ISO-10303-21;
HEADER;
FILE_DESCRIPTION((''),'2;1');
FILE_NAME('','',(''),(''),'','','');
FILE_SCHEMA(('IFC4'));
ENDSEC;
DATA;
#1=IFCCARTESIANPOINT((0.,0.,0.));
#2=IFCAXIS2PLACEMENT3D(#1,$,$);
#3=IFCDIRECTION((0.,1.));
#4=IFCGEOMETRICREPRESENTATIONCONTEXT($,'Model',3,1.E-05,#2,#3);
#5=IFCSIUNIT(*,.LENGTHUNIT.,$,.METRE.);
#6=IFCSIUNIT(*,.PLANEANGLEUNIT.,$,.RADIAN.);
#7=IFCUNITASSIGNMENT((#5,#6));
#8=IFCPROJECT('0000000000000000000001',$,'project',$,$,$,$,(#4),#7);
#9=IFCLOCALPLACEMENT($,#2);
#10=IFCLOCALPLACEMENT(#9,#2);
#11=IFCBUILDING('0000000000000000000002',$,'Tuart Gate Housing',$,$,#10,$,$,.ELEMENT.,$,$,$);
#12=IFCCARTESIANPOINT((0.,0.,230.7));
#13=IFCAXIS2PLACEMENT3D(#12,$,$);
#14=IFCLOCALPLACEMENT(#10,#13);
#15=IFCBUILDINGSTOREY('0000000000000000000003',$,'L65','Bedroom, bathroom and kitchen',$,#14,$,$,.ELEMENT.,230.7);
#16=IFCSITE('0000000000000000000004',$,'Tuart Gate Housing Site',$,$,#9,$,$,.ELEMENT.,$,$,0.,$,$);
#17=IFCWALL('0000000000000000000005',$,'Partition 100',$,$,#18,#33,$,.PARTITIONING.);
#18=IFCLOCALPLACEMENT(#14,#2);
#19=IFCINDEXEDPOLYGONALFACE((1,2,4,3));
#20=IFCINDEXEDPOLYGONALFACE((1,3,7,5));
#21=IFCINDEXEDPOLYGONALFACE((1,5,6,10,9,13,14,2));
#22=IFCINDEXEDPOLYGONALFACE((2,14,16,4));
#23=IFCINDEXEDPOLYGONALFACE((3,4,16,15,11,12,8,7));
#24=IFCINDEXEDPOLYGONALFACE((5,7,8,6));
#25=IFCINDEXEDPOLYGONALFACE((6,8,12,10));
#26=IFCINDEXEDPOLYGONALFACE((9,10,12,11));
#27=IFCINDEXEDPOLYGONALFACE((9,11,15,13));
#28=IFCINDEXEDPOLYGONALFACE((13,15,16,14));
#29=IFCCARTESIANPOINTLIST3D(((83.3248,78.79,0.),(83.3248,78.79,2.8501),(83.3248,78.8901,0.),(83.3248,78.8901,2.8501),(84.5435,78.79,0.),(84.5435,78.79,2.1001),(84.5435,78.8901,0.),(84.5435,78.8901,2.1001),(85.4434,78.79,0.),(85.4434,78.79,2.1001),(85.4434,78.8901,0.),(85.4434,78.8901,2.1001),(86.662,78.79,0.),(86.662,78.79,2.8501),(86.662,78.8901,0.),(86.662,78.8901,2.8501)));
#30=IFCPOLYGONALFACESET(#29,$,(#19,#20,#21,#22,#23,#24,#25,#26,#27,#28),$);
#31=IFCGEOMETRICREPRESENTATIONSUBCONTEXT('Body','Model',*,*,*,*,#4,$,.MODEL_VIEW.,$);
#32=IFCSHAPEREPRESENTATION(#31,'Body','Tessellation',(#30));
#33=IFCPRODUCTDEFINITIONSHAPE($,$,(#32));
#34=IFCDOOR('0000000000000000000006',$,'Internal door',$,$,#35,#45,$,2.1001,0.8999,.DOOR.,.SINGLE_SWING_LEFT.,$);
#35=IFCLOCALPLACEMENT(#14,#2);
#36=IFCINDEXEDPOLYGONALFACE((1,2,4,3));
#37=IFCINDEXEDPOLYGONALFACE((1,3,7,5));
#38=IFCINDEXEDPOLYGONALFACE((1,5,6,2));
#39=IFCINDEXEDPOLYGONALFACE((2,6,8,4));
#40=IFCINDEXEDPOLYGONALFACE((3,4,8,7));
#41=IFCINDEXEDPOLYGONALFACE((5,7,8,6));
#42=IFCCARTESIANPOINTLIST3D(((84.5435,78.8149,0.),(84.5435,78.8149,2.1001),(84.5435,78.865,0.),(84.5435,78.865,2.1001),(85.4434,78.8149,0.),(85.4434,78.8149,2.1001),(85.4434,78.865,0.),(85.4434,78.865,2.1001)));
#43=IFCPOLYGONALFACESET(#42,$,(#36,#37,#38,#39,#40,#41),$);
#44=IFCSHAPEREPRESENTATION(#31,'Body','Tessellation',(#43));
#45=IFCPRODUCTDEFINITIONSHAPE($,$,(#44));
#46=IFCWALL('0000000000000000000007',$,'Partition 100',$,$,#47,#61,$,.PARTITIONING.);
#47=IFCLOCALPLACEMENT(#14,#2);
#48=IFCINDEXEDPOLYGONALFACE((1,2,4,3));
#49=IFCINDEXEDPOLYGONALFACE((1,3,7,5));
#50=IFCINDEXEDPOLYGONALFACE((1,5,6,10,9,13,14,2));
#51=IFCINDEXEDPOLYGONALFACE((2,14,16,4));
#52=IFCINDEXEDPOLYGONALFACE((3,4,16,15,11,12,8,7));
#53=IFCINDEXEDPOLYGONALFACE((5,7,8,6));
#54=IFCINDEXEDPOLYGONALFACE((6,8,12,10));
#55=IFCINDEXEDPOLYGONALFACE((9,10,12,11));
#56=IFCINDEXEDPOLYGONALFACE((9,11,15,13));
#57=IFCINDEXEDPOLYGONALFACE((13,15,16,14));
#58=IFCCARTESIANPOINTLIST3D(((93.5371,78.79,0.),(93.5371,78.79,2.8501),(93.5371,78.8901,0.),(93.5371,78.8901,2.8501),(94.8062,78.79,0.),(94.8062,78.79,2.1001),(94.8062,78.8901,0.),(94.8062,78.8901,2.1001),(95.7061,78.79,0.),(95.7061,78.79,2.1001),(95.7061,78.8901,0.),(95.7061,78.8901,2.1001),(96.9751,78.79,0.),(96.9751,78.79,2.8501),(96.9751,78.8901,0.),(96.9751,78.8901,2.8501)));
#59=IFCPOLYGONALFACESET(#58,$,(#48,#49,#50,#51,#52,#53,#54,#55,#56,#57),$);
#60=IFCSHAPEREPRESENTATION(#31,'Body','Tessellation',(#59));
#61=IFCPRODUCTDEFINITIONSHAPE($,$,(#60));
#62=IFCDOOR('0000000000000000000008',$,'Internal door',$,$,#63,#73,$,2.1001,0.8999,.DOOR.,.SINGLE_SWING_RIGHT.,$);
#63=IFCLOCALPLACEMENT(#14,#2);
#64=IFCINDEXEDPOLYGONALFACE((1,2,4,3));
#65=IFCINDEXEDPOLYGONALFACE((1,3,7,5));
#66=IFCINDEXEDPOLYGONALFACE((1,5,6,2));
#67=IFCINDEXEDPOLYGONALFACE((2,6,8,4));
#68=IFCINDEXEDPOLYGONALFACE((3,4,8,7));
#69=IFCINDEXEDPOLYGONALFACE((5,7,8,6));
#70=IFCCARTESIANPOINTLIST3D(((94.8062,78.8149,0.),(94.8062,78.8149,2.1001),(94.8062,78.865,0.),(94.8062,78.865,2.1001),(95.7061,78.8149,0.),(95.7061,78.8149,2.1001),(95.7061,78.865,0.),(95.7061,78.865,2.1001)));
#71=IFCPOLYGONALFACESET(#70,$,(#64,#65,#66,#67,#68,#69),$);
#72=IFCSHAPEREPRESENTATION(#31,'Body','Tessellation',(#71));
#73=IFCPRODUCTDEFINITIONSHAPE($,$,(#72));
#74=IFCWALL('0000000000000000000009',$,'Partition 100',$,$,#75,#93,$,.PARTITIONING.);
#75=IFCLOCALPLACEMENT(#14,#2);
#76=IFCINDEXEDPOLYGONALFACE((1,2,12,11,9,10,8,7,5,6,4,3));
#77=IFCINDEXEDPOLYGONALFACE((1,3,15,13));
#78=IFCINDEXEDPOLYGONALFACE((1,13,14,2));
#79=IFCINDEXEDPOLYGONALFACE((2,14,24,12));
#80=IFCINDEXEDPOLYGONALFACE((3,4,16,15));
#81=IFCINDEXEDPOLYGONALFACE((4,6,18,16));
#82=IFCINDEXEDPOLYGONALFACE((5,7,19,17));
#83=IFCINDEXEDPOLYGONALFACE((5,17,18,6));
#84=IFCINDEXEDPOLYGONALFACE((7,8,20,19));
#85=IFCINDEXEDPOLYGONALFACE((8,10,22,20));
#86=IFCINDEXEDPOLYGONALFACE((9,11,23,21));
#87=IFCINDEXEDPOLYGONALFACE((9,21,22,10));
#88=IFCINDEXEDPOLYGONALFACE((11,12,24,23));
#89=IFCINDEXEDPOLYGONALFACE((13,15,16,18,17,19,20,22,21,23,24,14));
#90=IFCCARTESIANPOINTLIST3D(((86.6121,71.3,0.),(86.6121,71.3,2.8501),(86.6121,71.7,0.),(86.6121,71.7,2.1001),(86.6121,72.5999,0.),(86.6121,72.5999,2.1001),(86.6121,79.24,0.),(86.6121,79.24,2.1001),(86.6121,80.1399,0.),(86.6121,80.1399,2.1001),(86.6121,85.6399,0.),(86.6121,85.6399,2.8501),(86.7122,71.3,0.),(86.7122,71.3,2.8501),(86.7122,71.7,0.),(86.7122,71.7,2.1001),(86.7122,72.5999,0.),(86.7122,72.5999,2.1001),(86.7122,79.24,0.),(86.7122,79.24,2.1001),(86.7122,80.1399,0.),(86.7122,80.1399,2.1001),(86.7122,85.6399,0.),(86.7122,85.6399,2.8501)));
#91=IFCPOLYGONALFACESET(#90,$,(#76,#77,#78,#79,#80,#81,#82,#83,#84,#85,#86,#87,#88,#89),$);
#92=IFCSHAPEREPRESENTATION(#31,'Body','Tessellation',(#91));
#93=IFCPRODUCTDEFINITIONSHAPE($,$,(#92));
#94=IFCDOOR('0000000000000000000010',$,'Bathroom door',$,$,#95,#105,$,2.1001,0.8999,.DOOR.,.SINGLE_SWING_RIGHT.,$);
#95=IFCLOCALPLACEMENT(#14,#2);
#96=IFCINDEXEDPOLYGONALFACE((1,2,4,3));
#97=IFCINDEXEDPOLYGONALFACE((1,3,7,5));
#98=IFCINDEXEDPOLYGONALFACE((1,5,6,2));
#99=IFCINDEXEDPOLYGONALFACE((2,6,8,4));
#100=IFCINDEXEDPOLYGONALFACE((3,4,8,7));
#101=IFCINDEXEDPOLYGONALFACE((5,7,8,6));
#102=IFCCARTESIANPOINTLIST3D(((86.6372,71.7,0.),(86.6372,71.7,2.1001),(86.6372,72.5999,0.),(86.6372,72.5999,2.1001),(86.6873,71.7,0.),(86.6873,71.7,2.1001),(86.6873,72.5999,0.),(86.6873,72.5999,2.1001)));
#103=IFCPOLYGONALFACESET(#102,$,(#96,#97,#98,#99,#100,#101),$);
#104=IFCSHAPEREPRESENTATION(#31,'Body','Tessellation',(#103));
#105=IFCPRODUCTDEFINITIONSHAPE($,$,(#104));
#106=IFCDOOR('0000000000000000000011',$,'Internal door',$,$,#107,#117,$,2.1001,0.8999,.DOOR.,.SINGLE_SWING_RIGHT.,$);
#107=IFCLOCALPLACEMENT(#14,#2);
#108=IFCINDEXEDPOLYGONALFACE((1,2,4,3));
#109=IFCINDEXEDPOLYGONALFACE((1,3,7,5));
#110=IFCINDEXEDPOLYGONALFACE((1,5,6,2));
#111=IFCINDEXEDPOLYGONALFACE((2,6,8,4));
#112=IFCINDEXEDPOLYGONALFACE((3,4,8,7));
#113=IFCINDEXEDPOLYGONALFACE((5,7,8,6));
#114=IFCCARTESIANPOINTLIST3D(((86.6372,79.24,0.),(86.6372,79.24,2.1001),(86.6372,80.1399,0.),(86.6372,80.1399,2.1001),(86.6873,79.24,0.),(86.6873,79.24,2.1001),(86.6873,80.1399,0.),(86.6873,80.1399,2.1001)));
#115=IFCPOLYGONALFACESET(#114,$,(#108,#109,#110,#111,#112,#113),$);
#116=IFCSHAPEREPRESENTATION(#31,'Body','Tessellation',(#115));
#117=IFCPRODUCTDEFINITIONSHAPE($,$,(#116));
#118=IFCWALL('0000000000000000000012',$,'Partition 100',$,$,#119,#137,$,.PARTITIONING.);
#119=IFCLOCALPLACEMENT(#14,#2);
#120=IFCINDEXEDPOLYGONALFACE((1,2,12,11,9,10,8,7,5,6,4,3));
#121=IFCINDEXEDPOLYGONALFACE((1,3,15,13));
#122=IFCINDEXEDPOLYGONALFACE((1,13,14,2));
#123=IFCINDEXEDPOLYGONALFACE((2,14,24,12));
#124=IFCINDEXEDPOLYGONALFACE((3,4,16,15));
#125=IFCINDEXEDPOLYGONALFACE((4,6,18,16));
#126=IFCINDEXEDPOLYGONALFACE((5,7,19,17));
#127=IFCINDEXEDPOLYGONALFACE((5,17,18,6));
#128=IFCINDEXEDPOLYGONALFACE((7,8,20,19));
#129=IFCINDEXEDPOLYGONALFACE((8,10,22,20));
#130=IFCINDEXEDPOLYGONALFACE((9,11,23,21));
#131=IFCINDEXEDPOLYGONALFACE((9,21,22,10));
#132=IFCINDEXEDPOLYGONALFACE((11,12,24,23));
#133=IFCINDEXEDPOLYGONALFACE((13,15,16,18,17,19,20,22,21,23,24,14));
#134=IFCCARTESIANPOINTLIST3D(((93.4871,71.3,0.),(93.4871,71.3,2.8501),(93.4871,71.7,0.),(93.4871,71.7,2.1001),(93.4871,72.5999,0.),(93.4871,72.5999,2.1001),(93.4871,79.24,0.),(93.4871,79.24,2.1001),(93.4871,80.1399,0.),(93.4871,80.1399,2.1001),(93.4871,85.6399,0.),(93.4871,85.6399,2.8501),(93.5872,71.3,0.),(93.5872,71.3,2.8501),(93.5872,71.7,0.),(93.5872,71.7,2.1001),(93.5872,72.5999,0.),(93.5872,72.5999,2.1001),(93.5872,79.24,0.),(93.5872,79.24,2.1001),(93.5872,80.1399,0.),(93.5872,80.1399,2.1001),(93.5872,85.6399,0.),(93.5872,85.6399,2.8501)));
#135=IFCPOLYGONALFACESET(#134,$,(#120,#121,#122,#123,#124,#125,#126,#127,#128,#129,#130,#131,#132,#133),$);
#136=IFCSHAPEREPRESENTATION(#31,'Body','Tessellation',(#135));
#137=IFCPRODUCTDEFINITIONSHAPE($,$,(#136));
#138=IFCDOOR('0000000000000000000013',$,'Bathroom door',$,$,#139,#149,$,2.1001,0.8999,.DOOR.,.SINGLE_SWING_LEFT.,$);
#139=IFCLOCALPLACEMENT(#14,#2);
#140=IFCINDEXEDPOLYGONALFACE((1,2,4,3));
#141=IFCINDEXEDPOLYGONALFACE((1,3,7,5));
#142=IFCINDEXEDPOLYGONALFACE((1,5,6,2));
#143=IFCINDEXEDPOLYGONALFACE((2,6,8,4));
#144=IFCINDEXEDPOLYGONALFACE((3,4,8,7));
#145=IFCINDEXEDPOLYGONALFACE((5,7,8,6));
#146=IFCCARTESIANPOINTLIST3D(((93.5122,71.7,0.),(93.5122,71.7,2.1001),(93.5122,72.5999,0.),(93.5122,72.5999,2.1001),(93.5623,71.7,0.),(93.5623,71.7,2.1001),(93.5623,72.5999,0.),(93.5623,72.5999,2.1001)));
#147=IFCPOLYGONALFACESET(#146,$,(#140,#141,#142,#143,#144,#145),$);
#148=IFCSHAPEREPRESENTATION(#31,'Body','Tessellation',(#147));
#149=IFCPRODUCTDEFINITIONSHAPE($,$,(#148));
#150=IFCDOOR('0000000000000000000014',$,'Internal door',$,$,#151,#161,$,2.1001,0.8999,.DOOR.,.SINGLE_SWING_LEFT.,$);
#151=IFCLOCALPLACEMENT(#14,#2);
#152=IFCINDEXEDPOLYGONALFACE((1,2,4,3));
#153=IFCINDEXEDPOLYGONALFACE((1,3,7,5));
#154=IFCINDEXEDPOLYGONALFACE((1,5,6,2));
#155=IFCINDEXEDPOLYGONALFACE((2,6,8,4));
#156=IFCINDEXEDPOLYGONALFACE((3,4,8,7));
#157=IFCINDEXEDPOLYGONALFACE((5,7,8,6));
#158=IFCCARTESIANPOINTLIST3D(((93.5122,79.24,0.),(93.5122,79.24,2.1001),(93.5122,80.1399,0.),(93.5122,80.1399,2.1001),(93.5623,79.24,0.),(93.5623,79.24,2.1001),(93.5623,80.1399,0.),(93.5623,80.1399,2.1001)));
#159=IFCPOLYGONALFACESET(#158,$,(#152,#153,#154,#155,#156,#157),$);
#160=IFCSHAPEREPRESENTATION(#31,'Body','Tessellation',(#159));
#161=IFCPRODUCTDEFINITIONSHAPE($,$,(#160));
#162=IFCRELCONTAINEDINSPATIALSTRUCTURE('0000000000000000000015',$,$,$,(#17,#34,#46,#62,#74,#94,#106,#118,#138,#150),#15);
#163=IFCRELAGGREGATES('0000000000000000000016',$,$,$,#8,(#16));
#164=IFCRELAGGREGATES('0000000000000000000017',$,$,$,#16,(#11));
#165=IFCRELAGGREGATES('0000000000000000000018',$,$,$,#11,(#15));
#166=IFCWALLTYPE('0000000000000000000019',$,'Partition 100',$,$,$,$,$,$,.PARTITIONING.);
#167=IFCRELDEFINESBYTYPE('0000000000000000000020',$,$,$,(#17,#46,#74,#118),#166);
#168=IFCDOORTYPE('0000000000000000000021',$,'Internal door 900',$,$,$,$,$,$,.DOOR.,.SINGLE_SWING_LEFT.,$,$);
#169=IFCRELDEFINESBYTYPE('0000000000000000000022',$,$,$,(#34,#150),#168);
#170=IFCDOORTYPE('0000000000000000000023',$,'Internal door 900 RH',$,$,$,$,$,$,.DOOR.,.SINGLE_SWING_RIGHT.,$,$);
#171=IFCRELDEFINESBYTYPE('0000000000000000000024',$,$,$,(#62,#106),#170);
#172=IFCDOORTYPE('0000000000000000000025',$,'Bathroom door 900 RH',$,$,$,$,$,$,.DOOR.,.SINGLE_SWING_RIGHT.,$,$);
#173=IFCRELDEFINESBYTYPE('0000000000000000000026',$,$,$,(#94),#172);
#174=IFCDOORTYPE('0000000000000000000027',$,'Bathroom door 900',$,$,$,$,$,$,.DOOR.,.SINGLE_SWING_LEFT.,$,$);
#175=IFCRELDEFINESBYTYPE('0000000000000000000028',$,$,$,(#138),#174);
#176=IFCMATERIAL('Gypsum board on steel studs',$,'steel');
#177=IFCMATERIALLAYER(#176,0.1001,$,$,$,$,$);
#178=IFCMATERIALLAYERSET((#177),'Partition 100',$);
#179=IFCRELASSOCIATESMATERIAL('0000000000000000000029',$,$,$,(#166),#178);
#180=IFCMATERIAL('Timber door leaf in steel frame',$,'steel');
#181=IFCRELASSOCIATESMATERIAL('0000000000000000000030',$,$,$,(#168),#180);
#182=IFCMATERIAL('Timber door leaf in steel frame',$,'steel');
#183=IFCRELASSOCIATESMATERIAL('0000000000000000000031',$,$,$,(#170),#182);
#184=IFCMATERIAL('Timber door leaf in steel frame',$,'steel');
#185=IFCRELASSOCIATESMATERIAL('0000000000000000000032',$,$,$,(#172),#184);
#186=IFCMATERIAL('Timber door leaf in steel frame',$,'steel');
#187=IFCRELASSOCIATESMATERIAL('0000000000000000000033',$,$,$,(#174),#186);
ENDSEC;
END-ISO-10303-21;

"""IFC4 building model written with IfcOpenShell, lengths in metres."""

from ifc_helpers import new_model, si_unit, direction, frame, frame_2d, origin, place, context, subcontext, project, spatial, rectangle, extrude, material, layer, layer_set, type_object, element, fill, save


model = new_model("IFC4")

# Units and contexts
model_context = context("Model", 3, precision=1e-05, world=origin(), true_north=direction((0.0, 1.0)))
body_context = subcontext(model_context, "Body", "Model", "MODEL_VIEW")
ifc_project = project(units=[si_unit("LENGTHUNIT", "METRE"), si_unit("PLANEANGLEUNIT", "RADIAN")], contexts=[model_context])

# Site, building, storey
site_placement = place(None, origin())
site = spatial("IfcSite", under=ifc_project, at=site_placement, Name="Tuart Gate Housing Site", CompositionType="ELEMENT", RefElevation=0.0)
building_placement = place(site_placement, origin())
building = spatial("IfcBuilding", under=site, at=building_placement, Name="Tuart Gate Housing", CompositionType="ELEMENT")
storey_placement = place(building_placement, frame((0.0, 0.0, 230.7)))
storey = spatial("IfcBuildingStorey", under=building, at=storey_placement, Name="L65", Description="Bedroom, bathroom and kitchen", CompositionType="ELEMENT", Elevation=230.7)

# Shared definitions
ifc_material_1 = material(Name="Gypsum board on steel studs", Category="steel")
ifc_layer_1 = layer(ifc_material_1, 0.1001)
ifc_layer_set_1 = layer_set([ifc_layer_1], Name="Partition 100")
wall_type_1 = type_object("IfcWallType", Name="Partition 100", PredefinedType="PARTITIONING", material=ifc_layer_set_1)

# Walls, openings, doors
wall_1_placement = place(storey_placement, frame((83.325, 78.8401, 0.0), z_axis=(0.0, 0.0, 1.0), x_axis=(1.0, 0.0, 0.0)))
wall_1 = element("IfcWall", 1, at=wall_1_placement, inside=storey, type_object=wall_type_1, Name="Partition 100", PredefinedType="PARTITIONING", context=body_context, shape_type="SweptSolid", body=[
    extrude(rectangle(XDim=3.3372, YDim=0.1001, at=frame_2d((1.6685, 0.0))), origin(), (0.0, 0.0, 1.0), 2.8501),
])
opening_1_placement = place(wall_1_placement, frame((1.2185, 0.0, 0.0)))
opening_1 = element("IfcOpeningElement", 2, at=opening_1_placement, cuts=wall_1, PredefinedType="OPENING", context=body_context, shape_type="SweptSolid", body=[
    extrude(rectangle(XDim=0.8999, YDim=2.1001, at=frame_2d((0.45, 1.05))), frame((0.0, 0.0601, 0.0), z_axis=(0.0, -1.0, 0.0), x_axis=(1.0, 0.0, 0.0)), (0.0, 0.0, 1.0), 0.1201),
])
ifc_material_2 = material(Name="Timber door leaf in steel frame", Category="steel")
door_type_1 = type_object("IfcDoorType", Name="Internal door 900", OperationType="SINGLE_SWING_LEFT", PredefinedType="DOOR", material=ifc_material_2)
door_1_placement = place(opening_1_placement, frame((0.8999, 0.0, 0.0), z_axis=(0.0, 0.0, 1.0), x_axis=(-1.0, 0.0, 0.0)))
door_1 = element("IfcDoor", 3, at=door_1_placement, inside=storey, type_object=door_type_1, Name="Internal door", OperationType="SINGLE_SWING_LEFT", OverallHeight=2.1001, OverallWidth=0.8999, PredefinedType="DOOR", context=body_context, shape_type="SweptSolid", body=[
    extrude(rectangle(XDim=0.8999, YDim=2.1001, at=frame_2d((0.45, 1.05))), frame((0.0, 0.0251, 0.0), z_axis=(0.0, -1.0, 0.0), x_axis=(1.0, 0.0, 0.0)), (0.0, 0.0, 1.0), 0.05),
])
fill(opening_1, door_1)
wall_2_placement = place(storey_placement, frame((93.5371, 78.8401, 0.0), z_axis=(0.0, 0.0, 1.0), x_axis=(1.0, 0.0, 0.0)))
wall_2 = element("IfcWall", 4, at=wall_2_placement, inside=storey, type_object=wall_type_1, Name="Partition 100", PredefinedType="PARTITIONING", context=body_context, shape_type="SweptSolid", body=[
    extrude(rectangle(XDim=3.438, YDim=0.1001, at=frame_2d((1.719, 0.0))), origin(), (0.0, 0.0, 1.0), 2.8501),
])
opening_2_placement = place(wall_2_placement, frame((1.269, 0.0, 0.0)))
opening_2 = element("IfcOpeningElement", 5, at=opening_2_placement, cuts=wall_2, PredefinedType="OPENING", context=body_context, shape_type="SweptSolid", body=[
    extrude(rectangle(XDim=0.8999, YDim=2.1001, at=frame_2d((0.45, 1.05))), frame((0.0, 0.0601, 0.0), z_axis=(0.0, -1.0, 0.0), x_axis=(1.0, 0.0, 0.0)), (0.0, 0.0, 1.0), 0.1201),
])
ifc_material_3 = material(Name="Timber door leaf in steel frame", Category="steel")
door_type_2 = type_object("IfcDoorType", Name="Internal door 900 RH", OperationType="SINGLE_SWING_RIGHT", PredefinedType="DOOR", material=ifc_material_3)
door_2_placement = place(opening_2_placement, frame((0.8999, 0.0, 0.0), z_axis=(0.0, 0.0, 1.0), x_axis=(-1.0, 0.0, 0.0)))
door_2 = element("IfcDoor", 6, at=door_2_placement, inside=storey, type_object=door_type_2, Name="Internal door", OperationType="SINGLE_SWING_RIGHT", OverallHeight=2.1001, OverallWidth=0.8999, PredefinedType="DOOR", context=body_context, shape_type="SweptSolid", body=[
    extrude(rectangle(XDim=0.8999, YDim=2.1001, at=frame_2d((0.45, 1.05))), frame((0.0, 0.0251, 0.0), z_axis=(0.0, -1.0, 0.0), x_axis=(1.0, 0.0, 0.0)), (0.0, 0.0, 1.0), 0.05),
])
fill(opening_2, door_2)

# Walls, openings, doors
wall_3_placement = place(storey_placement, frame((86.6621, 71.3, 0.0), z_axis=(0.0, 0.0, 1.0), x_axis=(0.0, 1.0, 0.0)))
wall_3 = element("IfcWall", 7, at=wall_3_placement, inside=storey, type_object=wall_type_1, Name="Partition 100", PredefinedType="PARTITIONING", context=body_context, shape_type="SweptSolid", body=[
    extrude(rectangle(XDim=14.3398, YDim=0.1001, at=frame_2d((7.1699, 0.0))), origin(), (0.0, 0.0, 1.0), 2.8501),
])
opening_3_placement = place(wall_3_placement, frame((7.9399, 0.0, 0.0)))
opening_3 = element("IfcOpeningElement", 8, at=opening_3_placement, cuts=wall_3, PredefinedType="OPENING", context=body_context, shape_type="SweptSolid", body=[
    extrude(rectangle(XDim=0.8999, YDim=2.1001, at=frame_2d((0.45, 1.05))), frame((0.0, 0.0601, 0.0), z_axis=(0.0, -1.0, 0.0), x_axis=(1.0, 0.0, 0.0)), (0.0, 0.0, 1.0), 0.1201),
])
opening_4_placement = place(wall_3_placement, frame((0.3999, 0.0, 0.0)))
opening_4 = element("IfcOpeningElement", 9, at=opening_4_placement, cuts=wall_3, PredefinedType="OPENING", context=body_context, shape_type="SweptSolid", body=[
    extrude(rectangle(XDim=0.8999, YDim=2.1001, at=frame_2d((0.45, 1.05))), frame((0.0, 0.0601, 0.0), z_axis=(0.0, -1.0, 0.0), x_axis=(1.0, 0.0, 0.0)), (0.0, 0.0, 1.0), 0.1201),
])
ifc_material_4 = material(Name="Timber door leaf in steel frame", Category="steel")
door_type_3 = type_object("IfcDoorType", Name="Bathroom door 900 RH", OperationType="SINGLE_SWING_RIGHT", PredefinedType="DOOR", material=ifc_material_4)
door_3_placement = place(opening_4_placement, frame((0.8999, 0.0, 0.0), z_axis=(0.0, 0.0, 1.0), x_axis=(-1.0, 0.0, 0.0)))
door_3 = element("IfcDoor", 10, at=door_3_placement, inside=storey, type_object=door_type_3, Name="Bathroom door", OperationType="SINGLE_SWING_RIGHT", OverallHeight=2.1001, OverallWidth=0.8999, PredefinedType="DOOR", context=body_context, shape_type="SweptSolid", body=[
    extrude(rectangle(XDim=0.8999, YDim=2.1001, at=frame_2d((0.45, 1.05))), frame((0.0, 0.0251, 0.0), z_axis=(0.0, -1.0, 0.0), x_axis=(1.0, 0.0, 0.0)), (0.0, 0.0, 1.0), 0.05),
])
fill(opening_4, door_3)
door_4_placement = place(opening_3_placement, frame((0.8999, 0.0, 0.0), z_axis=(0.0, 0.0, 1.0), x_axis=(-1.0, 0.0, 0.0)))
door_4 = element("IfcDoor", 11, at=door_4_placement, inside=storey, type_object=door_type_2, Name="Internal door", OperationType="SINGLE_SWING_RIGHT", OverallHeight=2.1001, OverallWidth=0.8999, PredefinedType="DOOR", context=body_context, shape_type="SweptSolid", body=[
    extrude(rectangle(XDim=0.8999, YDim=2.1001, at=frame_2d((0.45, 1.05))), frame((0.0, 0.0251, 0.0), z_axis=(0.0, -1.0, 0.0), x_axis=(1.0, 0.0, 0.0)), (0.0, 0.0, 1.0), 0.05),
])
fill(opening_3, door_4)
wall_4_placement = place(storey_placement, frame((93.5371, 71.3, 0.0), z_axis=(0.0, 0.0, 1.0), x_axis=(0.0, 1.0, 0.0)))
wall_4 = element("IfcWall", 12, at=wall_4_placement, inside=storey, type_object=wall_type_1, Name="Partition 100", PredefinedType="PARTITIONING", context=body_context, shape_type="SweptSolid", body=[
    extrude(rectangle(XDim=14.3398, YDim=0.1001, at=frame_2d((7.1699, 0.0))), origin(), (0.0, 0.0, 1.0), 2.8501),
])
opening_5_placement = place(wall_4_placement, frame((7.9399, 0.0, 0.0)))
opening_5 = element("IfcOpeningElement", 13, at=opening_5_placement, cuts=wall_4, PredefinedType="OPENING", context=body_context, shape_type="SweptSolid", body=[
    extrude(rectangle(XDim=0.8999, YDim=2.1001, at=frame_2d((0.45, 1.05))), frame((0.0, 0.0601, 0.0), z_axis=(0.0, -1.0, 0.0), x_axis=(1.0, 0.0, 0.0)), (0.0, 0.0, 1.0), 0.1201),
])
opening_6_placement = place(wall_4_placement, frame((0.3999, 0.0, 0.0)))
opening_6 = element("IfcOpeningElement", 14, at=opening_6_placement, cuts=wall_4, PredefinedType="OPENING", context=body_context, shape_type="SweptSolid", body=[
    extrude(rectangle(XDim=0.8999, YDim=2.1001, at=frame_2d((0.45, 1.05))), frame((0.0, 0.0601, 0.0), z_axis=(0.0, -1.0, 0.0), x_axis=(1.0, 0.0, 0.0)), (0.0, 0.0, 1.0), 0.1201),
])
ifc_material_5 = material(Name="Timber door leaf in steel frame", Category="steel")
door_type_4 = type_object("IfcDoorType", Name="Bathroom door 900", OperationType="SINGLE_SWING_LEFT", PredefinedType="DOOR", material=ifc_material_5)
door_5_placement = place(opening_6_placement, origin())
door_5 = element("IfcDoor", 15, at=door_5_placement, inside=storey, type_object=door_type_4, Name="Bathroom door", OperationType="SINGLE_SWING_LEFT", OverallHeight=2.1001, OverallWidth=0.8999, PredefinedType="DOOR", context=body_context, shape_type="SweptSolid", body=[
    extrude(rectangle(XDim=0.8999, YDim=2.1001, at=frame_2d((0.45, 1.05))), frame((0.0, 0.0249, 0.0), z_axis=(0.0, -1.0, 0.0), x_axis=(1.0, 0.0, 0.0)), (0.0, 0.0, 1.0), 0.05),
])
fill(opening_6, door_5)
door_6_placement = place(opening_5_placement, origin())
door_6 = element("IfcDoor", 16, at=door_6_placement, inside=storey, type_object=door_type_1, Name="Internal door", OperationType="SINGLE_SWING_LEFT", OverallHeight=2.1001, OverallWidth=0.8999, PredefinedType="DOOR", context=body_context, shape_type="SweptSolid", body=[
    extrude(rectangle(XDim=0.8999, YDim=2.1001, at=frame_2d((0.45, 1.05))), frame((0.0, 0.0249, 0.0), z_axis=(0.0, -1.0, 0.0), x_axis=(1.0, 0.0, 0.0)), (0.0, 0.0, 1.0), 0.05),
])
fill(opening_5, door_6)

save(model, "model.ifc")
